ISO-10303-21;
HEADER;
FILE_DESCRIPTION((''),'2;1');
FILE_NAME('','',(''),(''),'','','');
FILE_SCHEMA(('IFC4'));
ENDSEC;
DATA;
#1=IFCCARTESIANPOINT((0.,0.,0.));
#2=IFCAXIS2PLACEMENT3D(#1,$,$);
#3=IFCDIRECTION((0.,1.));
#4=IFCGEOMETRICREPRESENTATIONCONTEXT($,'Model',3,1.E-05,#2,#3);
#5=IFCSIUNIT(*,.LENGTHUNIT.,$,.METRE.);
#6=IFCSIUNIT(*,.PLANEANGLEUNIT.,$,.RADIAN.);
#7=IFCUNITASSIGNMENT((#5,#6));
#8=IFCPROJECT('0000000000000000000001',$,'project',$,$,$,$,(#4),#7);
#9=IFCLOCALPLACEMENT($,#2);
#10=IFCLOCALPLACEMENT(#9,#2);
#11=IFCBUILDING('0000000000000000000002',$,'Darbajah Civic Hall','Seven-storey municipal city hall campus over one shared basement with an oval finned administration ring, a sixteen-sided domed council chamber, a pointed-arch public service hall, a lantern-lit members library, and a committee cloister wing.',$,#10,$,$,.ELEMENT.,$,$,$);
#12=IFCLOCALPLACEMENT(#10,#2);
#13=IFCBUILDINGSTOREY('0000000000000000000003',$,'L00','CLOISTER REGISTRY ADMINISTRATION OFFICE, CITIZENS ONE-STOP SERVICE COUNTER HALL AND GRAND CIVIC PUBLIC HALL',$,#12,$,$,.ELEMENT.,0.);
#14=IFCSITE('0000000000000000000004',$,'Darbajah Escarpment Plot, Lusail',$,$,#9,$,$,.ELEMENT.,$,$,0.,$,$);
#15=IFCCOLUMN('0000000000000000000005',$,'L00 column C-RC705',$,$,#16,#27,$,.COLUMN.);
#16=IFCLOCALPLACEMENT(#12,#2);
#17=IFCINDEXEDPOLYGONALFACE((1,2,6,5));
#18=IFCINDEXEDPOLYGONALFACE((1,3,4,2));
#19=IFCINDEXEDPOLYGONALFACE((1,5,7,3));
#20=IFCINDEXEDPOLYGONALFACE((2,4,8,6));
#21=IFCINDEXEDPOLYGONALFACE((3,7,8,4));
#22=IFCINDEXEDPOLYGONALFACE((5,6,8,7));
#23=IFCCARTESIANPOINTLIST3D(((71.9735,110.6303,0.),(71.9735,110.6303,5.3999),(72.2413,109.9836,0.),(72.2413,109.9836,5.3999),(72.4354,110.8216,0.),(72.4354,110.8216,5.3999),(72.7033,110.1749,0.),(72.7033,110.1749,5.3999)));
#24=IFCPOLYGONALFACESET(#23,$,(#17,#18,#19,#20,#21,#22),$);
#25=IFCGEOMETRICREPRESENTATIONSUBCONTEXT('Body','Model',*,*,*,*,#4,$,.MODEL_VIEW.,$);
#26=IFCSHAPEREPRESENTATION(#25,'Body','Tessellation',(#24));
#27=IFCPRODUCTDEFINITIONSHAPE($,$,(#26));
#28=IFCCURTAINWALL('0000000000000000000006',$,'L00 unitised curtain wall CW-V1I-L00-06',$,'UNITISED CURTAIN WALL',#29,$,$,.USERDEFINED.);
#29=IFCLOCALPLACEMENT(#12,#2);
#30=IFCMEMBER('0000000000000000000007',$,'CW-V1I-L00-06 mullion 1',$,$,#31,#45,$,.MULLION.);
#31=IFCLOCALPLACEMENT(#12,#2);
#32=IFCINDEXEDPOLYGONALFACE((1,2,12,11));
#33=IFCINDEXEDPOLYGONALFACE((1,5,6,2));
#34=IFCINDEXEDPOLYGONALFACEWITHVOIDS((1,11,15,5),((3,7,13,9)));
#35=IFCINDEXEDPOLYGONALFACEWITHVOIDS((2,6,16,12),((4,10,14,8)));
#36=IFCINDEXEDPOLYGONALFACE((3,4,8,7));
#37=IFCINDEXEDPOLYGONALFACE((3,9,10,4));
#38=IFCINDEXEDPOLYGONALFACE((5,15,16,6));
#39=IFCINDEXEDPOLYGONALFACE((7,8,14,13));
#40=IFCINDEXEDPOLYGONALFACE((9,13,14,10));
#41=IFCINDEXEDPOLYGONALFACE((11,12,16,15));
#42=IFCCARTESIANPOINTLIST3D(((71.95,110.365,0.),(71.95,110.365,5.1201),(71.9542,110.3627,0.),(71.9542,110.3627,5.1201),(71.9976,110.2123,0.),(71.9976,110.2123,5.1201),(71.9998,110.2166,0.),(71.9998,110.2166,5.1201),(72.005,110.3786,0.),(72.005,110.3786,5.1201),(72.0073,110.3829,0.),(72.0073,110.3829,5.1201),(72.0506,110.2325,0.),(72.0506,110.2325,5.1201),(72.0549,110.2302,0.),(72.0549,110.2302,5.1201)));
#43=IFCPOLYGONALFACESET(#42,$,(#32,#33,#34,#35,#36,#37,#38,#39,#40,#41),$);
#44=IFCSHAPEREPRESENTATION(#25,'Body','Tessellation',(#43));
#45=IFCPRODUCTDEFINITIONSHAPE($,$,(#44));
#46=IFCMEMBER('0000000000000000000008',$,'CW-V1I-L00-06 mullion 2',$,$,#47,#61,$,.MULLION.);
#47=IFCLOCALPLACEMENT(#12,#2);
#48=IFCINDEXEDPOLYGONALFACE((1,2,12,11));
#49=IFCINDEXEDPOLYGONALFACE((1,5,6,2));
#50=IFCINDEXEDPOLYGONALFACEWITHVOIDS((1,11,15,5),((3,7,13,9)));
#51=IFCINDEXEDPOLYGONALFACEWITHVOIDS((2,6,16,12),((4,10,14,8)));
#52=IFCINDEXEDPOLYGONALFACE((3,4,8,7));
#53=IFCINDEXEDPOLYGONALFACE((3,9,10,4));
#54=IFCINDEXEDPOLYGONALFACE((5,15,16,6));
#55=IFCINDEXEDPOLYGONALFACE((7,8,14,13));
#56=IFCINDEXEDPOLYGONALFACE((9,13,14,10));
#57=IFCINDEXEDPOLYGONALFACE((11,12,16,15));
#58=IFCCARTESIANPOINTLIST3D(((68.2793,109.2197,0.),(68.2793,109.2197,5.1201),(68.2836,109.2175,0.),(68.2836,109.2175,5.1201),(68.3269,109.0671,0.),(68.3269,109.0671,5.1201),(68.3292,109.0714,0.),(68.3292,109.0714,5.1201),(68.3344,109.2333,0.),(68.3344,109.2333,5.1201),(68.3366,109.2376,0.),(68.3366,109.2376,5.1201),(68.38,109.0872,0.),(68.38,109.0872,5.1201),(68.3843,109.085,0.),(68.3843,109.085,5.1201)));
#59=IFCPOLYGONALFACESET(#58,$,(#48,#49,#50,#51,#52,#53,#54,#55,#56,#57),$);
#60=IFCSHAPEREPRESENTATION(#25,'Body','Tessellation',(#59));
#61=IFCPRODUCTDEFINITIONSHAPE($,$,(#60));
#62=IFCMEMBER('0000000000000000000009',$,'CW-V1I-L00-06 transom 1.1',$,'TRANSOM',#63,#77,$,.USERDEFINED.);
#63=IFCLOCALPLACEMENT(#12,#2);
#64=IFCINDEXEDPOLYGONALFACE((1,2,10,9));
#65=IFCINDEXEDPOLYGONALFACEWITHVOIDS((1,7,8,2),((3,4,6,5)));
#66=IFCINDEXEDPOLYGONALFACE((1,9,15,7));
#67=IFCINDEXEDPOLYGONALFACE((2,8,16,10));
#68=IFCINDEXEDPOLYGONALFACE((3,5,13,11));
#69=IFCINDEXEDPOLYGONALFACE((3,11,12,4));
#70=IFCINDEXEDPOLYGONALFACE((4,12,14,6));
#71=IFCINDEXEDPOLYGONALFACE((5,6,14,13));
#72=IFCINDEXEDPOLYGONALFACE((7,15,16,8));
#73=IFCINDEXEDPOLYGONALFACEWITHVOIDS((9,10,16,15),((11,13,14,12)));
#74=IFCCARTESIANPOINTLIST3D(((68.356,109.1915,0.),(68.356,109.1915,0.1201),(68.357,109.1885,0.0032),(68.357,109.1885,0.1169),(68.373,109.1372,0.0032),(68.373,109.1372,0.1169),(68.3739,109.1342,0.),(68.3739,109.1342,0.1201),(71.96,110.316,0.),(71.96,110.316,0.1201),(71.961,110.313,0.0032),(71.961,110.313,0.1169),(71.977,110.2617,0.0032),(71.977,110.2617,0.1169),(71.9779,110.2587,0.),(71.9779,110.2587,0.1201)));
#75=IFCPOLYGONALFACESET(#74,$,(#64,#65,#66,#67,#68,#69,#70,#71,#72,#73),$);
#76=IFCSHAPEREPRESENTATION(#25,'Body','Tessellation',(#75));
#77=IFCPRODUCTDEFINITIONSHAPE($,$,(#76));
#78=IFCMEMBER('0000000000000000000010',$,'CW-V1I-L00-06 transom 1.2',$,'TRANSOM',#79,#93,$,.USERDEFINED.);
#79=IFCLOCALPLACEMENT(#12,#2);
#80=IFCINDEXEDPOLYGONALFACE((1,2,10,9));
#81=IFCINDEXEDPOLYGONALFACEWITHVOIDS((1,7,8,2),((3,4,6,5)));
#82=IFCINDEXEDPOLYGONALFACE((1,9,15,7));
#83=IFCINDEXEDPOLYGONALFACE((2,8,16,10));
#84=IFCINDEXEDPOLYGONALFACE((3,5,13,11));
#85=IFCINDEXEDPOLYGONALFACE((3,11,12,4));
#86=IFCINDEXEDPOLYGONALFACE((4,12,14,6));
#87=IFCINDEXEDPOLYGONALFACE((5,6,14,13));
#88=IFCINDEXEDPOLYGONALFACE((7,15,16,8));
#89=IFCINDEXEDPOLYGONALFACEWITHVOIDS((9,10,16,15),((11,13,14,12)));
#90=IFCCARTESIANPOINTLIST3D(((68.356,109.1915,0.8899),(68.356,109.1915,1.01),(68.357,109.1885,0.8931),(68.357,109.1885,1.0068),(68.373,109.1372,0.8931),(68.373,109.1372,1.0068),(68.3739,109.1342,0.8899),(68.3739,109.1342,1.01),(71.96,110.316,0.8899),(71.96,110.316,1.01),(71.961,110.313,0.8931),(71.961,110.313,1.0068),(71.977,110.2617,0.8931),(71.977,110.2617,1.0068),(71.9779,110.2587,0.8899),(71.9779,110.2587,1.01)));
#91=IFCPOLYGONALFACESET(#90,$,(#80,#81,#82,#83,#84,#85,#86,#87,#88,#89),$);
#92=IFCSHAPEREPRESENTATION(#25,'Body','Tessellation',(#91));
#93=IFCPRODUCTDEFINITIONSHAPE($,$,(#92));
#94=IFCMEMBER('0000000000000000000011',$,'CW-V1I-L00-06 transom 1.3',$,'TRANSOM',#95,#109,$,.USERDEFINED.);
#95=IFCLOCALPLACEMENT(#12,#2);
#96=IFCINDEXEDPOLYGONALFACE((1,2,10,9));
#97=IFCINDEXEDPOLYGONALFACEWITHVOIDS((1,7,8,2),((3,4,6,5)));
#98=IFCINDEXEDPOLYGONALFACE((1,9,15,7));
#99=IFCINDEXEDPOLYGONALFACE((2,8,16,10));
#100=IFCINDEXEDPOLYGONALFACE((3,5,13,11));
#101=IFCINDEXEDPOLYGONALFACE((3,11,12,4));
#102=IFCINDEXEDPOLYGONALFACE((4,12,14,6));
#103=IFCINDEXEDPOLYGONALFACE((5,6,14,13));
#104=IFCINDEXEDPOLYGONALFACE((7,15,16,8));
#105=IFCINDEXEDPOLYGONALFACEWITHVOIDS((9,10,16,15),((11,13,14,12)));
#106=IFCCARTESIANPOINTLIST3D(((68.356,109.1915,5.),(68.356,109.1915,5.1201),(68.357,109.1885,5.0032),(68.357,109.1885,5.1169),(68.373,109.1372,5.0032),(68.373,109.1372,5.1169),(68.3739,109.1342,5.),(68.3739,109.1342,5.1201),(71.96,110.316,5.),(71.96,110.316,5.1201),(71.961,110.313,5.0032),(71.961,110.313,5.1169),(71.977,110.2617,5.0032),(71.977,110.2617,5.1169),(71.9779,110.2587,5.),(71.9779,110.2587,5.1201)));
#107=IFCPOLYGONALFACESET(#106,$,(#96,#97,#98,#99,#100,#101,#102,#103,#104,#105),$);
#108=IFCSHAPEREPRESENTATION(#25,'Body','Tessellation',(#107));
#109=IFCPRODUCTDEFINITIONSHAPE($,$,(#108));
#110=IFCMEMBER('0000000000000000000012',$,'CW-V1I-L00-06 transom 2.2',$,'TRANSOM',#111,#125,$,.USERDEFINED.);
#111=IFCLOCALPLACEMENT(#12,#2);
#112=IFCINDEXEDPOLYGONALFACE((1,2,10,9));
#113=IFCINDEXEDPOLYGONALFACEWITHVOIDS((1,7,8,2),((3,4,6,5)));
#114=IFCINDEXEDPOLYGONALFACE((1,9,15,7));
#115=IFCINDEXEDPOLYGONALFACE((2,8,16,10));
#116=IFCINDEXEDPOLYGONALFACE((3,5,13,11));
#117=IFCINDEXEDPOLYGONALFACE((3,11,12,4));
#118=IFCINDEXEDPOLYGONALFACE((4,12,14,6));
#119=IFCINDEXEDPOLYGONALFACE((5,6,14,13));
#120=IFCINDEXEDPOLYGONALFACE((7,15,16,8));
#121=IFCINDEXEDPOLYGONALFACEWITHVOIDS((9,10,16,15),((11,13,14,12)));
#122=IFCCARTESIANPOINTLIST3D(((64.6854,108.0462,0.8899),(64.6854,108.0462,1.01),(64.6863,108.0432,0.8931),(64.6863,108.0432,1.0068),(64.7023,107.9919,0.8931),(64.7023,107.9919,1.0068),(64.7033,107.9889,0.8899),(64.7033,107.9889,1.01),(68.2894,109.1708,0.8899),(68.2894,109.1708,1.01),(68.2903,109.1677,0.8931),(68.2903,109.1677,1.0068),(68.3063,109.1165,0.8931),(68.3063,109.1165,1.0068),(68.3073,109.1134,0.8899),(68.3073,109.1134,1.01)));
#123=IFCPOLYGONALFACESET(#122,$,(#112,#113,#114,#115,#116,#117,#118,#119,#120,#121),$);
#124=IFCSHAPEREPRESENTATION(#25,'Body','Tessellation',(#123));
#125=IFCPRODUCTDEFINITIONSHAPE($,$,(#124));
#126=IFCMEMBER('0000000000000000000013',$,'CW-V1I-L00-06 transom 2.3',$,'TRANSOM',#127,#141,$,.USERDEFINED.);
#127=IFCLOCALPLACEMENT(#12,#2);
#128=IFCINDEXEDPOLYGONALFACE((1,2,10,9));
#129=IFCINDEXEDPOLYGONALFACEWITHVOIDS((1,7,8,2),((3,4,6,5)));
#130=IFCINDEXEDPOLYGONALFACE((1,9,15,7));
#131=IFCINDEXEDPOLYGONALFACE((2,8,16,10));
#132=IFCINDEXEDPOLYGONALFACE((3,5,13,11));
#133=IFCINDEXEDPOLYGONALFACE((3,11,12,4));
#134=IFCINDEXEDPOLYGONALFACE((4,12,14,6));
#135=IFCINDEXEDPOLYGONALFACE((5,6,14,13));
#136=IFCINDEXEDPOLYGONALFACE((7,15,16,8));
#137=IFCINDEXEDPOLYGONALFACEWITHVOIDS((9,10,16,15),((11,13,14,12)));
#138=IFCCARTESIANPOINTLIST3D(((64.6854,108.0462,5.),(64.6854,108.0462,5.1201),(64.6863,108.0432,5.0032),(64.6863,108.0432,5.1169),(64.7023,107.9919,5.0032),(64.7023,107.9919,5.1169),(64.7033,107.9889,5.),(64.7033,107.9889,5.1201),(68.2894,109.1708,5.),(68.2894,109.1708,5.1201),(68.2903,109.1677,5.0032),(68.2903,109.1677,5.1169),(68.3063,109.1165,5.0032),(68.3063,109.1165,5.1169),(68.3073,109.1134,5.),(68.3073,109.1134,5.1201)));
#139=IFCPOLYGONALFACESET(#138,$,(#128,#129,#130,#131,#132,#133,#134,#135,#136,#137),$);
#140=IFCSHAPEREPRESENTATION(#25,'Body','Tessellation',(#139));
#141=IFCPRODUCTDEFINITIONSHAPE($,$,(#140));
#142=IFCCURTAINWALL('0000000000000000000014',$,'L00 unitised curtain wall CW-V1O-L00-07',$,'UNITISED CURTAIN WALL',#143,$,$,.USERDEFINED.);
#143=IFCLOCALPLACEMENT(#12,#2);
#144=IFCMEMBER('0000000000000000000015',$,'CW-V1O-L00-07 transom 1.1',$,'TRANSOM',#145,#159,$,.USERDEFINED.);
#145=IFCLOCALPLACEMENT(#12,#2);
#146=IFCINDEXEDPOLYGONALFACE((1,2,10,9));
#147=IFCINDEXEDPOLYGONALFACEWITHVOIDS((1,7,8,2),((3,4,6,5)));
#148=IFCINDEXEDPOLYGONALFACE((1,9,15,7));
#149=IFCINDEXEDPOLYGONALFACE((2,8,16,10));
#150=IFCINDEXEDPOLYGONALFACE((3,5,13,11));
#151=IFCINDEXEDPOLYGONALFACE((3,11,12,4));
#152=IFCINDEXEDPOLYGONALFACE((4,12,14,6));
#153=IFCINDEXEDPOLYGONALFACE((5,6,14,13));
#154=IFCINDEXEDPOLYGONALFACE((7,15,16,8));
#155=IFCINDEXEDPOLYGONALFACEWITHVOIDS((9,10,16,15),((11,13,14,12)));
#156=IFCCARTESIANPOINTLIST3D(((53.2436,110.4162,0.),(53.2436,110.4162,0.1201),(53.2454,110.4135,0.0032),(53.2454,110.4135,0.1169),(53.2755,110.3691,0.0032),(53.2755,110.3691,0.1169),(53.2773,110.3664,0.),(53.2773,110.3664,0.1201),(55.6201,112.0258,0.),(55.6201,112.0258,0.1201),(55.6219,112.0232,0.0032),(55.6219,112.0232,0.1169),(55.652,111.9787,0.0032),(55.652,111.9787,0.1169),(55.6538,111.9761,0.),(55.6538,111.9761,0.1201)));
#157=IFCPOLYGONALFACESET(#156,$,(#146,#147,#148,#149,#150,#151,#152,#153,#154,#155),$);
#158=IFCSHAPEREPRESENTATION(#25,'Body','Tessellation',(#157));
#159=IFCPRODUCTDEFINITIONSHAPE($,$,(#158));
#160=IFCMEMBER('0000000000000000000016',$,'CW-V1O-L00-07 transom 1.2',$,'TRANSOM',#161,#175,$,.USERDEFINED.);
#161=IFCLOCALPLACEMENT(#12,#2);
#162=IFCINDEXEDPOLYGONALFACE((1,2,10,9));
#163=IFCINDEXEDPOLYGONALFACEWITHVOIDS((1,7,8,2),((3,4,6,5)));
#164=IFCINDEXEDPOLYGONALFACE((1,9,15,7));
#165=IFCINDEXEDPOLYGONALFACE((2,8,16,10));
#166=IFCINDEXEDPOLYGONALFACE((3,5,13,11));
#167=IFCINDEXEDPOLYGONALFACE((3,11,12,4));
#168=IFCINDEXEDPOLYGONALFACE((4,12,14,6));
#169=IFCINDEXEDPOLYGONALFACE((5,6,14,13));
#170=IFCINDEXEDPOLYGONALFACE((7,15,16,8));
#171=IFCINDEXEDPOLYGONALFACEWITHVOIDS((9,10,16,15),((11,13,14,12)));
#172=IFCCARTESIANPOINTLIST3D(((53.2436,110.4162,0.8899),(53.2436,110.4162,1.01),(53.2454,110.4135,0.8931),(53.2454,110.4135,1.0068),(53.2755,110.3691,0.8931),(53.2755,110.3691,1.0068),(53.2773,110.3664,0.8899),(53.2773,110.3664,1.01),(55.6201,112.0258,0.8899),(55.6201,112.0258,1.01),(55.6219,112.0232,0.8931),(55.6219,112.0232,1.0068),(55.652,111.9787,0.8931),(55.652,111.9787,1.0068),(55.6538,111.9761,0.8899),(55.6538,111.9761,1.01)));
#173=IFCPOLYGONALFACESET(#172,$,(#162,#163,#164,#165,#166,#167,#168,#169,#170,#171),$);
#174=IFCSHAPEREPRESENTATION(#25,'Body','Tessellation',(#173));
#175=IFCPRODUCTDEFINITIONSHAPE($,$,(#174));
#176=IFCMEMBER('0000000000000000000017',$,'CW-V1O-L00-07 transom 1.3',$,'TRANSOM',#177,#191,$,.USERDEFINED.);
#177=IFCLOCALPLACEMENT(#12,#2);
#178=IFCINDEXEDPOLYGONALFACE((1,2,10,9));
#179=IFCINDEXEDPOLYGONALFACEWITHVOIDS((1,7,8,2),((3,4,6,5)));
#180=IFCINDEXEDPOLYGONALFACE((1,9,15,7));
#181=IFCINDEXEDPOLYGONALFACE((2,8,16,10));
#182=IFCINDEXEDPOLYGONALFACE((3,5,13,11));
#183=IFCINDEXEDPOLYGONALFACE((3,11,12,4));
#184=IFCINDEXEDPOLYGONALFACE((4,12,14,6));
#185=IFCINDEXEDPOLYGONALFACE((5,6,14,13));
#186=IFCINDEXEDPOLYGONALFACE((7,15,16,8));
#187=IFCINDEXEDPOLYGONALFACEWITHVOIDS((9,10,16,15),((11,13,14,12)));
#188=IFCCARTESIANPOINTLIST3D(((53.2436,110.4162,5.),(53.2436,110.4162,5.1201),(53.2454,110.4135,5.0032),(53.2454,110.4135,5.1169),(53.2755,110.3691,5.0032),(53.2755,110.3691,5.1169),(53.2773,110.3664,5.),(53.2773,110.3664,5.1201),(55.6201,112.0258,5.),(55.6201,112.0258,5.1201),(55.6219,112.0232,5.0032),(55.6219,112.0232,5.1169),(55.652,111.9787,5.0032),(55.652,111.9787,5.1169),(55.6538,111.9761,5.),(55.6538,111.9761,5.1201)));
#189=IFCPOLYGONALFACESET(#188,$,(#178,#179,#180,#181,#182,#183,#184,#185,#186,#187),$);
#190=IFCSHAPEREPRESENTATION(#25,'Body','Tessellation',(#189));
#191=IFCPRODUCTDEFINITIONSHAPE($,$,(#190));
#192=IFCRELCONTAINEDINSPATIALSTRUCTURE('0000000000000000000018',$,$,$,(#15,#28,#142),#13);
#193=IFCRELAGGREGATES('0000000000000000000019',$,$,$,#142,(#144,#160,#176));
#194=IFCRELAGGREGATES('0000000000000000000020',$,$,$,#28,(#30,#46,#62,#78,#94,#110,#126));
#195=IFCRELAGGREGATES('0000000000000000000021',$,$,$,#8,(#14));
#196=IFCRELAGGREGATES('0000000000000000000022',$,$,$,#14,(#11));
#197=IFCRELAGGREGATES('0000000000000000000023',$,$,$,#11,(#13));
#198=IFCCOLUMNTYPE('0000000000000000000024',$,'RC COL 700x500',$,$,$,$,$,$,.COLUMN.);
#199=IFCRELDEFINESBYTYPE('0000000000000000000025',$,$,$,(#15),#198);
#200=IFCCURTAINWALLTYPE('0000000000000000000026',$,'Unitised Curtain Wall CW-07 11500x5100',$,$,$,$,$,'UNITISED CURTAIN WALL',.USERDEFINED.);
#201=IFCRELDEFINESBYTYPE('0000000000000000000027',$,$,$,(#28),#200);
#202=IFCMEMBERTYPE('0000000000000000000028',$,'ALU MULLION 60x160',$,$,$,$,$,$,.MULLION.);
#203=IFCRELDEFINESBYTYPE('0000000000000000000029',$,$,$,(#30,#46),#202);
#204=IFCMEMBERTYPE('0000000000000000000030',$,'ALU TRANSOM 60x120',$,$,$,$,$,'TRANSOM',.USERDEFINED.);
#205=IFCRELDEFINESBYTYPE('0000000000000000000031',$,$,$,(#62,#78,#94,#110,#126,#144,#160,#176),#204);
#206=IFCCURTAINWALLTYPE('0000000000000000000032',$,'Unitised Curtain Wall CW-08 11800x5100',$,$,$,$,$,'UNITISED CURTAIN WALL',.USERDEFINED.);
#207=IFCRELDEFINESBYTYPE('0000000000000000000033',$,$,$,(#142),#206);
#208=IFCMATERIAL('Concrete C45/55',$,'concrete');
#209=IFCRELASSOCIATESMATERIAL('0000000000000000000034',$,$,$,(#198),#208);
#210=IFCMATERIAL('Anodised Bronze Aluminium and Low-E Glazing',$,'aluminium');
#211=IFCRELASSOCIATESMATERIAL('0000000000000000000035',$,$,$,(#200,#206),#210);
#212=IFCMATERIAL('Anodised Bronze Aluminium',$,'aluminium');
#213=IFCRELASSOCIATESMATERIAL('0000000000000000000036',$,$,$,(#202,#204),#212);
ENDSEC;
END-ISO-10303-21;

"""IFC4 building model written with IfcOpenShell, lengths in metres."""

from ifc_helpers import new_model, si_unit, direction, frame, origin, origin_2d, place, context, subcontext, project, spatial, rectangle, hollow_rectangle, extrude, material, material_profile, profile_set, type_object, element, aggregate, save


model = new_model("IFC4")

# Units and contexts
model_context = context("Model", 3, precision=1e-05, world=origin(), true_north=direction((0.0, 1.0)))
body_context = subcontext(model_context, "Body", "Model", "MODEL_VIEW")
ifc_project = project(units=[si_unit("LENGTHUNIT", "METRE"), si_unit("PLANEANGLEUNIT", "RADIAN")], contexts=[model_context])

# Site, building, storey
site_placement = place(None, origin())
site = spatial("IfcSite", under=ifc_project, at=site_placement, Name="Darbajah Escarpment Plot, Lusail", CompositionType="ELEMENT", RefElevation=0.0)
building_placement = place(site_placement, origin())
building = spatial("IfcBuilding", under=site, at=building_placement, Name="Darbajah Civic Hall", Description="Seven-storey municipal city hall campus over one shared basement with an oval finned administration ring, a sixteen-sided domed council chamber, a pointed-arch public service hall, a lantern-lit members library, and a committee cloister wing.", CompositionType="ELEMENT")
storey_placement = place(building_placement, origin())
storey = spatial("IfcBuildingStorey", under=building, at=storey_placement, Name="L00", Description="CLOISTER REGISTRY ADMINISTRATION OFFICE, CITIZENS ONE-STOP SERVICE COUNTER HALL AND GRAND CIVIC PUBLIC HALL", CompositionType="ELEMENT", Elevation=0.0)

# Column
ifc_material_1 = material(Name="Concrete C45/55", Category="concrete")
ifc_material_profile_1 = material_profile(ifc_material_1, rectangle(XDim=0.7, YDim=0.5, at=origin_2d()), Name="RC COL 700x500")
ifc_profile_set_1 = profile_set([ifc_material_profile_1], Name="Concrete C45/55")
column_type = type_object("IfcColumnType", Name="RC COL 700x500", PredefinedType="COLUMN", material=ifc_profile_set_1)
column_placement = place(storey_placement, frame((72.3384, 110.4026, 0.0), z_axis=(0.0, 0.0, 1.0), x_axis=(-0.382683, 0.92388, 0.0)))
element("IfcColumn", 1, at=column_placement, inside=storey, type_object=column_type, Name="L00 column C-RC705", PredefinedType="COLUMN", context=body_context, shape_type="SweptSolid", body=[
    extrude(rectangle(XDim=0.7, YDim=0.5, at=origin_2d()), origin(), (0.0, 0.0, 1.0), 5.3999),
])

# Curtain walls, members
ifc_material_2 = material(Name="Anodised Bronze Aluminium and Low-E Glazing", Category="aluminium")
curtain_wall_type_1 = type_object("IfcCurtainWallType", Name="Unitised Curtain Wall CW-07 11500x5100", ElementType="UNITISED CURTAIN WALL", PredefinedType="USERDEFINED", material=ifc_material_2)
curtain_wall_1_placement = place(storey_placement, origin())
curtain_wall_1 = element("IfcCurtainWall", 2, at=curtain_wall_1_placement, inside=storey, type_object=curtain_wall_type_1, Name="L00 unitised curtain wall CW-V1I-L00-06", ObjectType="UNITISED CURTAIN WALL", PredefinedType="USERDEFINED")
ifc_material_3 = material(Name="Anodised Bronze Aluminium", Category="aluminium")
ifc_material_profile_2 = material_profile(ifc_material_3, hollow_rectangle(XDim=0.0601, YDim=0.1599, WallThickness=0.0034, at=origin_2d()), Name="ALU MULLION 60x160")
ifc_profile_set_2 = profile_set([ifc_material_profile_2], Name="Anodised Bronze Aluminium")
member_type_1 = type_object("IfcMemberType", Name="ALU MULLION 60x160", PredefinedType="MULLION", material=ifc_profile_set_2)
member_1_placement = place(storey_placement, frame((72.0024, 110.2976, 0.0), z_axis=(0.0, 0.0, 1.0), x_axis=(-0.954605, -0.297875, 0.0)))
member_1 = element("IfcMember", 3, at=member_1_placement, type_object=member_type_1, Name="CW-V1I-L00-06 mullion 1", PredefinedType="MULLION", context=body_context, shape_type="SweptSolid", body=[
    extrude(hollow_rectangle(XDim=0.0601, YDim=0.1599, WallThickness=0.0034, at=origin_2d()), origin(), (0.0, 0.0, 1.0), 5.1201),
])
member_2_placement = place(storey_placement, frame((68.3318, 109.1523, 0.0), z_axis=(0.0, 0.0, 1.0), x_axis=(-0.954605, -0.297875, 0.0)))
member_2 = element("IfcMember", 4, at=member_2_placement, type_object=member_type_1, Name="CW-V1I-L00-06 mullion 2", PredefinedType="MULLION", context=body_context, shape_type="SweptSolid", body=[
    extrude(hollow_rectangle(XDim=0.0601, YDim=0.1599, WallThickness=0.0034, at=origin_2d()), origin(), (0.0, 0.0, 1.0), 5.1201),
])
ifc_material_profile_3 = material_profile(ifc_material_3, hollow_rectangle(XDim=0.0601, YDim=0.1201, WallThickness=0.0032, at=origin_2d()), Name="ALU TRANSOM 60x120")
ifc_profile_set_3 = profile_set([ifc_material_profile_3], Name="Anodised Bronze Aluminium")
member_type_2 = type_object("IfcMemberType", Name="ALU TRANSOM 60x120", ElementType="TRANSOM", PredefinedType="USERDEFINED", material=ifc_profile_set_3)
member_3_placement = place(storey_placement, frame((71.969, 110.2874, 0.0601), z_axis=(-0.954611, -0.297855, 0.0), x_axis=(0.297855, -0.954611, 0.0)))
member_3 = element("IfcMember", 5, at=member_3_placement, type_object=member_type_2, Name="CW-V1I-L00-06 transom 1.1", ObjectType="TRANSOM", PredefinedType="USERDEFINED", context=body_context, shape_type="SweptSolid", body=[
    extrude(hollow_rectangle(XDim=0.0601, YDim=0.1201, WallThickness=0.0032, at=origin_2d()), origin(), (0.0, 0.0, 1.0), 3.7754),
])
member_4_placement = place(storey_placement, frame((71.969, 110.2874, 0.95), z_axis=(-0.954611, -0.297855, 0.0), x_axis=(0.297855, -0.954611, 0.0)))
member_4 = element("IfcMember", 6, at=member_4_placement, type_object=member_type_2, Name="CW-V1I-L00-06 transom 1.2", ObjectType="TRANSOM", PredefinedType="USERDEFINED", context=body_context, shape_type="SweptSolid", body=[
    extrude(hollow_rectangle(XDim=0.0601, YDim=0.1201, WallThickness=0.0032, at=origin_2d()), origin(), (0.0, 0.0, 1.0), 3.7754),
])
member_5_placement = place(storey_placement, frame((71.969, 110.2874, 5.0601), z_axis=(-0.954611, -0.297855, 0.0), x_axis=(0.297855, -0.954611, 0.0)))
member_5 = element("IfcMember", 7, at=member_5_placement, type_object=member_type_2, Name="CW-V1I-L00-06 transom 1.3", ObjectType="TRANSOM", PredefinedType="USERDEFINED", context=body_context, shape_type="SweptSolid", body=[
    extrude(hollow_rectangle(XDim=0.0601, YDim=0.1201, WallThickness=0.0032, at=origin_2d()), origin(), (0.0, 0.0, 1.0), 3.7754),
])
member_6_placement = place(storey_placement, frame((68.2983, 109.1421, 0.95), z_axis=(-0.954611, -0.297855, 0.0), x_axis=(0.297855, -0.954611, 0.0)))
member_6 = element("IfcMember", 8, at=member_6_placement, type_object=member_type_2, Name="CW-V1I-L00-06 transom 2.2", ObjectType="TRANSOM", PredefinedType="USERDEFINED", context=body_context, shape_type="SweptSolid", body=[
    extrude(hollow_rectangle(XDim=0.0601, YDim=0.1201, WallThickness=0.0032, at=origin_2d()), origin(), (0.0, 0.0, 1.0), 3.7754),
])
member_7_placement = place(storey_placement, frame((68.2983, 109.1421, 5.0601), z_axis=(-0.954611, -0.297855, 0.0), x_axis=(0.297855, -0.954611, 0.0)))
member_7 = element("IfcMember", 9, at=member_7_placement, type_object=member_type_2, Name="CW-V1I-L00-06 transom 2.3", ObjectType="TRANSOM", PredefinedType="USERDEFINED", context=body_context, shape_type="SweptSolid", body=[
    extrude(hollow_rectangle(XDim=0.0601, YDim=0.1201, WallThickness=0.0032, at=origin_2d()), origin(), (0.0, 0.0, 1.0), 3.7754),
])
curtain_wall_type_2 = type_object("IfcCurtainWallType", Name="Unitised Curtain Wall CW-08 11800x5100", ElementType="UNITISED CURTAIN WALL", PredefinedType="USERDEFINED", material=ifc_material_2)
curtain_wall_2_placement = place(storey_placement, origin())
curtain_wall_2 = element("IfcCurtainWall", 10, at=curtain_wall_2_placement, inside=storey, type_object=curtain_wall_type_2, Name="L00 unitised curtain wall CW-V1O-L00-07", ObjectType="UNITISED CURTAIN WALL", PredefinedType="USERDEFINED")
member_8_placement = place(storey_placement, frame((55.637, 112.001, 0.0601), z_axis=(-0.827958, -0.56079, 0.0), x_axis=(0.56079, -0.827958, 0.0)))
member_8 = element("IfcMember", 11, at=member_8_placement, type_object=member_type_2, Name="CW-V1O-L00-07 transom 1.1", ObjectType="TRANSOM", PredefinedType="USERDEFINED", context=body_context, shape_type="SweptSolid", body=[
    extrude(hollow_rectangle(XDim=0.0601, YDim=0.1201, WallThickness=0.0032, at=origin_2d()), origin(), (0.0, 0.0, 1.0), 2.8704),
])
member_9_placement = place(storey_placement, frame((55.637, 112.001, 0.95), z_axis=(-0.827958, -0.56079, 0.0), x_axis=(0.56079, -0.827958, 0.0)))
member_9 = element("IfcMember", 12, at=member_9_placement, type_object=member_type_2, Name="CW-V1O-L00-07 transom 1.2", ObjectType="TRANSOM", PredefinedType="USERDEFINED", context=body_context, shape_type="SweptSolid", body=[
    extrude(hollow_rectangle(XDim=0.0601, YDim=0.1201, WallThickness=0.0032, at=origin_2d()), origin(), (0.0, 0.0, 1.0), 2.8704),
])
member_10_placement = place(storey_placement, frame((55.637, 112.001, 5.0601), z_axis=(-0.827958, -0.56079, 0.0), x_axis=(0.56079, -0.827958, 0.0)))
member_10 = element("IfcMember", 13, at=member_10_placement, type_object=member_type_2, Name="CW-V1O-L00-07 transom 1.3", ObjectType="TRANSOM", PredefinedType="USERDEFINED", context=body_context, shape_type="SweptSolid", body=[
    extrude(hollow_rectangle(XDim=0.0601, YDim=0.1201, WallThickness=0.0032, at=origin_2d()), origin(), (0.0, 0.0, 1.0), 2.8704),
])
aggregate(curtain_wall_2, [member_8, member_9, member_10])

aggregate(curtain_wall_1, [member_1, member_2, member_3, member_4, member_5, member_6, member_7])

save(model, "model.ifc")
